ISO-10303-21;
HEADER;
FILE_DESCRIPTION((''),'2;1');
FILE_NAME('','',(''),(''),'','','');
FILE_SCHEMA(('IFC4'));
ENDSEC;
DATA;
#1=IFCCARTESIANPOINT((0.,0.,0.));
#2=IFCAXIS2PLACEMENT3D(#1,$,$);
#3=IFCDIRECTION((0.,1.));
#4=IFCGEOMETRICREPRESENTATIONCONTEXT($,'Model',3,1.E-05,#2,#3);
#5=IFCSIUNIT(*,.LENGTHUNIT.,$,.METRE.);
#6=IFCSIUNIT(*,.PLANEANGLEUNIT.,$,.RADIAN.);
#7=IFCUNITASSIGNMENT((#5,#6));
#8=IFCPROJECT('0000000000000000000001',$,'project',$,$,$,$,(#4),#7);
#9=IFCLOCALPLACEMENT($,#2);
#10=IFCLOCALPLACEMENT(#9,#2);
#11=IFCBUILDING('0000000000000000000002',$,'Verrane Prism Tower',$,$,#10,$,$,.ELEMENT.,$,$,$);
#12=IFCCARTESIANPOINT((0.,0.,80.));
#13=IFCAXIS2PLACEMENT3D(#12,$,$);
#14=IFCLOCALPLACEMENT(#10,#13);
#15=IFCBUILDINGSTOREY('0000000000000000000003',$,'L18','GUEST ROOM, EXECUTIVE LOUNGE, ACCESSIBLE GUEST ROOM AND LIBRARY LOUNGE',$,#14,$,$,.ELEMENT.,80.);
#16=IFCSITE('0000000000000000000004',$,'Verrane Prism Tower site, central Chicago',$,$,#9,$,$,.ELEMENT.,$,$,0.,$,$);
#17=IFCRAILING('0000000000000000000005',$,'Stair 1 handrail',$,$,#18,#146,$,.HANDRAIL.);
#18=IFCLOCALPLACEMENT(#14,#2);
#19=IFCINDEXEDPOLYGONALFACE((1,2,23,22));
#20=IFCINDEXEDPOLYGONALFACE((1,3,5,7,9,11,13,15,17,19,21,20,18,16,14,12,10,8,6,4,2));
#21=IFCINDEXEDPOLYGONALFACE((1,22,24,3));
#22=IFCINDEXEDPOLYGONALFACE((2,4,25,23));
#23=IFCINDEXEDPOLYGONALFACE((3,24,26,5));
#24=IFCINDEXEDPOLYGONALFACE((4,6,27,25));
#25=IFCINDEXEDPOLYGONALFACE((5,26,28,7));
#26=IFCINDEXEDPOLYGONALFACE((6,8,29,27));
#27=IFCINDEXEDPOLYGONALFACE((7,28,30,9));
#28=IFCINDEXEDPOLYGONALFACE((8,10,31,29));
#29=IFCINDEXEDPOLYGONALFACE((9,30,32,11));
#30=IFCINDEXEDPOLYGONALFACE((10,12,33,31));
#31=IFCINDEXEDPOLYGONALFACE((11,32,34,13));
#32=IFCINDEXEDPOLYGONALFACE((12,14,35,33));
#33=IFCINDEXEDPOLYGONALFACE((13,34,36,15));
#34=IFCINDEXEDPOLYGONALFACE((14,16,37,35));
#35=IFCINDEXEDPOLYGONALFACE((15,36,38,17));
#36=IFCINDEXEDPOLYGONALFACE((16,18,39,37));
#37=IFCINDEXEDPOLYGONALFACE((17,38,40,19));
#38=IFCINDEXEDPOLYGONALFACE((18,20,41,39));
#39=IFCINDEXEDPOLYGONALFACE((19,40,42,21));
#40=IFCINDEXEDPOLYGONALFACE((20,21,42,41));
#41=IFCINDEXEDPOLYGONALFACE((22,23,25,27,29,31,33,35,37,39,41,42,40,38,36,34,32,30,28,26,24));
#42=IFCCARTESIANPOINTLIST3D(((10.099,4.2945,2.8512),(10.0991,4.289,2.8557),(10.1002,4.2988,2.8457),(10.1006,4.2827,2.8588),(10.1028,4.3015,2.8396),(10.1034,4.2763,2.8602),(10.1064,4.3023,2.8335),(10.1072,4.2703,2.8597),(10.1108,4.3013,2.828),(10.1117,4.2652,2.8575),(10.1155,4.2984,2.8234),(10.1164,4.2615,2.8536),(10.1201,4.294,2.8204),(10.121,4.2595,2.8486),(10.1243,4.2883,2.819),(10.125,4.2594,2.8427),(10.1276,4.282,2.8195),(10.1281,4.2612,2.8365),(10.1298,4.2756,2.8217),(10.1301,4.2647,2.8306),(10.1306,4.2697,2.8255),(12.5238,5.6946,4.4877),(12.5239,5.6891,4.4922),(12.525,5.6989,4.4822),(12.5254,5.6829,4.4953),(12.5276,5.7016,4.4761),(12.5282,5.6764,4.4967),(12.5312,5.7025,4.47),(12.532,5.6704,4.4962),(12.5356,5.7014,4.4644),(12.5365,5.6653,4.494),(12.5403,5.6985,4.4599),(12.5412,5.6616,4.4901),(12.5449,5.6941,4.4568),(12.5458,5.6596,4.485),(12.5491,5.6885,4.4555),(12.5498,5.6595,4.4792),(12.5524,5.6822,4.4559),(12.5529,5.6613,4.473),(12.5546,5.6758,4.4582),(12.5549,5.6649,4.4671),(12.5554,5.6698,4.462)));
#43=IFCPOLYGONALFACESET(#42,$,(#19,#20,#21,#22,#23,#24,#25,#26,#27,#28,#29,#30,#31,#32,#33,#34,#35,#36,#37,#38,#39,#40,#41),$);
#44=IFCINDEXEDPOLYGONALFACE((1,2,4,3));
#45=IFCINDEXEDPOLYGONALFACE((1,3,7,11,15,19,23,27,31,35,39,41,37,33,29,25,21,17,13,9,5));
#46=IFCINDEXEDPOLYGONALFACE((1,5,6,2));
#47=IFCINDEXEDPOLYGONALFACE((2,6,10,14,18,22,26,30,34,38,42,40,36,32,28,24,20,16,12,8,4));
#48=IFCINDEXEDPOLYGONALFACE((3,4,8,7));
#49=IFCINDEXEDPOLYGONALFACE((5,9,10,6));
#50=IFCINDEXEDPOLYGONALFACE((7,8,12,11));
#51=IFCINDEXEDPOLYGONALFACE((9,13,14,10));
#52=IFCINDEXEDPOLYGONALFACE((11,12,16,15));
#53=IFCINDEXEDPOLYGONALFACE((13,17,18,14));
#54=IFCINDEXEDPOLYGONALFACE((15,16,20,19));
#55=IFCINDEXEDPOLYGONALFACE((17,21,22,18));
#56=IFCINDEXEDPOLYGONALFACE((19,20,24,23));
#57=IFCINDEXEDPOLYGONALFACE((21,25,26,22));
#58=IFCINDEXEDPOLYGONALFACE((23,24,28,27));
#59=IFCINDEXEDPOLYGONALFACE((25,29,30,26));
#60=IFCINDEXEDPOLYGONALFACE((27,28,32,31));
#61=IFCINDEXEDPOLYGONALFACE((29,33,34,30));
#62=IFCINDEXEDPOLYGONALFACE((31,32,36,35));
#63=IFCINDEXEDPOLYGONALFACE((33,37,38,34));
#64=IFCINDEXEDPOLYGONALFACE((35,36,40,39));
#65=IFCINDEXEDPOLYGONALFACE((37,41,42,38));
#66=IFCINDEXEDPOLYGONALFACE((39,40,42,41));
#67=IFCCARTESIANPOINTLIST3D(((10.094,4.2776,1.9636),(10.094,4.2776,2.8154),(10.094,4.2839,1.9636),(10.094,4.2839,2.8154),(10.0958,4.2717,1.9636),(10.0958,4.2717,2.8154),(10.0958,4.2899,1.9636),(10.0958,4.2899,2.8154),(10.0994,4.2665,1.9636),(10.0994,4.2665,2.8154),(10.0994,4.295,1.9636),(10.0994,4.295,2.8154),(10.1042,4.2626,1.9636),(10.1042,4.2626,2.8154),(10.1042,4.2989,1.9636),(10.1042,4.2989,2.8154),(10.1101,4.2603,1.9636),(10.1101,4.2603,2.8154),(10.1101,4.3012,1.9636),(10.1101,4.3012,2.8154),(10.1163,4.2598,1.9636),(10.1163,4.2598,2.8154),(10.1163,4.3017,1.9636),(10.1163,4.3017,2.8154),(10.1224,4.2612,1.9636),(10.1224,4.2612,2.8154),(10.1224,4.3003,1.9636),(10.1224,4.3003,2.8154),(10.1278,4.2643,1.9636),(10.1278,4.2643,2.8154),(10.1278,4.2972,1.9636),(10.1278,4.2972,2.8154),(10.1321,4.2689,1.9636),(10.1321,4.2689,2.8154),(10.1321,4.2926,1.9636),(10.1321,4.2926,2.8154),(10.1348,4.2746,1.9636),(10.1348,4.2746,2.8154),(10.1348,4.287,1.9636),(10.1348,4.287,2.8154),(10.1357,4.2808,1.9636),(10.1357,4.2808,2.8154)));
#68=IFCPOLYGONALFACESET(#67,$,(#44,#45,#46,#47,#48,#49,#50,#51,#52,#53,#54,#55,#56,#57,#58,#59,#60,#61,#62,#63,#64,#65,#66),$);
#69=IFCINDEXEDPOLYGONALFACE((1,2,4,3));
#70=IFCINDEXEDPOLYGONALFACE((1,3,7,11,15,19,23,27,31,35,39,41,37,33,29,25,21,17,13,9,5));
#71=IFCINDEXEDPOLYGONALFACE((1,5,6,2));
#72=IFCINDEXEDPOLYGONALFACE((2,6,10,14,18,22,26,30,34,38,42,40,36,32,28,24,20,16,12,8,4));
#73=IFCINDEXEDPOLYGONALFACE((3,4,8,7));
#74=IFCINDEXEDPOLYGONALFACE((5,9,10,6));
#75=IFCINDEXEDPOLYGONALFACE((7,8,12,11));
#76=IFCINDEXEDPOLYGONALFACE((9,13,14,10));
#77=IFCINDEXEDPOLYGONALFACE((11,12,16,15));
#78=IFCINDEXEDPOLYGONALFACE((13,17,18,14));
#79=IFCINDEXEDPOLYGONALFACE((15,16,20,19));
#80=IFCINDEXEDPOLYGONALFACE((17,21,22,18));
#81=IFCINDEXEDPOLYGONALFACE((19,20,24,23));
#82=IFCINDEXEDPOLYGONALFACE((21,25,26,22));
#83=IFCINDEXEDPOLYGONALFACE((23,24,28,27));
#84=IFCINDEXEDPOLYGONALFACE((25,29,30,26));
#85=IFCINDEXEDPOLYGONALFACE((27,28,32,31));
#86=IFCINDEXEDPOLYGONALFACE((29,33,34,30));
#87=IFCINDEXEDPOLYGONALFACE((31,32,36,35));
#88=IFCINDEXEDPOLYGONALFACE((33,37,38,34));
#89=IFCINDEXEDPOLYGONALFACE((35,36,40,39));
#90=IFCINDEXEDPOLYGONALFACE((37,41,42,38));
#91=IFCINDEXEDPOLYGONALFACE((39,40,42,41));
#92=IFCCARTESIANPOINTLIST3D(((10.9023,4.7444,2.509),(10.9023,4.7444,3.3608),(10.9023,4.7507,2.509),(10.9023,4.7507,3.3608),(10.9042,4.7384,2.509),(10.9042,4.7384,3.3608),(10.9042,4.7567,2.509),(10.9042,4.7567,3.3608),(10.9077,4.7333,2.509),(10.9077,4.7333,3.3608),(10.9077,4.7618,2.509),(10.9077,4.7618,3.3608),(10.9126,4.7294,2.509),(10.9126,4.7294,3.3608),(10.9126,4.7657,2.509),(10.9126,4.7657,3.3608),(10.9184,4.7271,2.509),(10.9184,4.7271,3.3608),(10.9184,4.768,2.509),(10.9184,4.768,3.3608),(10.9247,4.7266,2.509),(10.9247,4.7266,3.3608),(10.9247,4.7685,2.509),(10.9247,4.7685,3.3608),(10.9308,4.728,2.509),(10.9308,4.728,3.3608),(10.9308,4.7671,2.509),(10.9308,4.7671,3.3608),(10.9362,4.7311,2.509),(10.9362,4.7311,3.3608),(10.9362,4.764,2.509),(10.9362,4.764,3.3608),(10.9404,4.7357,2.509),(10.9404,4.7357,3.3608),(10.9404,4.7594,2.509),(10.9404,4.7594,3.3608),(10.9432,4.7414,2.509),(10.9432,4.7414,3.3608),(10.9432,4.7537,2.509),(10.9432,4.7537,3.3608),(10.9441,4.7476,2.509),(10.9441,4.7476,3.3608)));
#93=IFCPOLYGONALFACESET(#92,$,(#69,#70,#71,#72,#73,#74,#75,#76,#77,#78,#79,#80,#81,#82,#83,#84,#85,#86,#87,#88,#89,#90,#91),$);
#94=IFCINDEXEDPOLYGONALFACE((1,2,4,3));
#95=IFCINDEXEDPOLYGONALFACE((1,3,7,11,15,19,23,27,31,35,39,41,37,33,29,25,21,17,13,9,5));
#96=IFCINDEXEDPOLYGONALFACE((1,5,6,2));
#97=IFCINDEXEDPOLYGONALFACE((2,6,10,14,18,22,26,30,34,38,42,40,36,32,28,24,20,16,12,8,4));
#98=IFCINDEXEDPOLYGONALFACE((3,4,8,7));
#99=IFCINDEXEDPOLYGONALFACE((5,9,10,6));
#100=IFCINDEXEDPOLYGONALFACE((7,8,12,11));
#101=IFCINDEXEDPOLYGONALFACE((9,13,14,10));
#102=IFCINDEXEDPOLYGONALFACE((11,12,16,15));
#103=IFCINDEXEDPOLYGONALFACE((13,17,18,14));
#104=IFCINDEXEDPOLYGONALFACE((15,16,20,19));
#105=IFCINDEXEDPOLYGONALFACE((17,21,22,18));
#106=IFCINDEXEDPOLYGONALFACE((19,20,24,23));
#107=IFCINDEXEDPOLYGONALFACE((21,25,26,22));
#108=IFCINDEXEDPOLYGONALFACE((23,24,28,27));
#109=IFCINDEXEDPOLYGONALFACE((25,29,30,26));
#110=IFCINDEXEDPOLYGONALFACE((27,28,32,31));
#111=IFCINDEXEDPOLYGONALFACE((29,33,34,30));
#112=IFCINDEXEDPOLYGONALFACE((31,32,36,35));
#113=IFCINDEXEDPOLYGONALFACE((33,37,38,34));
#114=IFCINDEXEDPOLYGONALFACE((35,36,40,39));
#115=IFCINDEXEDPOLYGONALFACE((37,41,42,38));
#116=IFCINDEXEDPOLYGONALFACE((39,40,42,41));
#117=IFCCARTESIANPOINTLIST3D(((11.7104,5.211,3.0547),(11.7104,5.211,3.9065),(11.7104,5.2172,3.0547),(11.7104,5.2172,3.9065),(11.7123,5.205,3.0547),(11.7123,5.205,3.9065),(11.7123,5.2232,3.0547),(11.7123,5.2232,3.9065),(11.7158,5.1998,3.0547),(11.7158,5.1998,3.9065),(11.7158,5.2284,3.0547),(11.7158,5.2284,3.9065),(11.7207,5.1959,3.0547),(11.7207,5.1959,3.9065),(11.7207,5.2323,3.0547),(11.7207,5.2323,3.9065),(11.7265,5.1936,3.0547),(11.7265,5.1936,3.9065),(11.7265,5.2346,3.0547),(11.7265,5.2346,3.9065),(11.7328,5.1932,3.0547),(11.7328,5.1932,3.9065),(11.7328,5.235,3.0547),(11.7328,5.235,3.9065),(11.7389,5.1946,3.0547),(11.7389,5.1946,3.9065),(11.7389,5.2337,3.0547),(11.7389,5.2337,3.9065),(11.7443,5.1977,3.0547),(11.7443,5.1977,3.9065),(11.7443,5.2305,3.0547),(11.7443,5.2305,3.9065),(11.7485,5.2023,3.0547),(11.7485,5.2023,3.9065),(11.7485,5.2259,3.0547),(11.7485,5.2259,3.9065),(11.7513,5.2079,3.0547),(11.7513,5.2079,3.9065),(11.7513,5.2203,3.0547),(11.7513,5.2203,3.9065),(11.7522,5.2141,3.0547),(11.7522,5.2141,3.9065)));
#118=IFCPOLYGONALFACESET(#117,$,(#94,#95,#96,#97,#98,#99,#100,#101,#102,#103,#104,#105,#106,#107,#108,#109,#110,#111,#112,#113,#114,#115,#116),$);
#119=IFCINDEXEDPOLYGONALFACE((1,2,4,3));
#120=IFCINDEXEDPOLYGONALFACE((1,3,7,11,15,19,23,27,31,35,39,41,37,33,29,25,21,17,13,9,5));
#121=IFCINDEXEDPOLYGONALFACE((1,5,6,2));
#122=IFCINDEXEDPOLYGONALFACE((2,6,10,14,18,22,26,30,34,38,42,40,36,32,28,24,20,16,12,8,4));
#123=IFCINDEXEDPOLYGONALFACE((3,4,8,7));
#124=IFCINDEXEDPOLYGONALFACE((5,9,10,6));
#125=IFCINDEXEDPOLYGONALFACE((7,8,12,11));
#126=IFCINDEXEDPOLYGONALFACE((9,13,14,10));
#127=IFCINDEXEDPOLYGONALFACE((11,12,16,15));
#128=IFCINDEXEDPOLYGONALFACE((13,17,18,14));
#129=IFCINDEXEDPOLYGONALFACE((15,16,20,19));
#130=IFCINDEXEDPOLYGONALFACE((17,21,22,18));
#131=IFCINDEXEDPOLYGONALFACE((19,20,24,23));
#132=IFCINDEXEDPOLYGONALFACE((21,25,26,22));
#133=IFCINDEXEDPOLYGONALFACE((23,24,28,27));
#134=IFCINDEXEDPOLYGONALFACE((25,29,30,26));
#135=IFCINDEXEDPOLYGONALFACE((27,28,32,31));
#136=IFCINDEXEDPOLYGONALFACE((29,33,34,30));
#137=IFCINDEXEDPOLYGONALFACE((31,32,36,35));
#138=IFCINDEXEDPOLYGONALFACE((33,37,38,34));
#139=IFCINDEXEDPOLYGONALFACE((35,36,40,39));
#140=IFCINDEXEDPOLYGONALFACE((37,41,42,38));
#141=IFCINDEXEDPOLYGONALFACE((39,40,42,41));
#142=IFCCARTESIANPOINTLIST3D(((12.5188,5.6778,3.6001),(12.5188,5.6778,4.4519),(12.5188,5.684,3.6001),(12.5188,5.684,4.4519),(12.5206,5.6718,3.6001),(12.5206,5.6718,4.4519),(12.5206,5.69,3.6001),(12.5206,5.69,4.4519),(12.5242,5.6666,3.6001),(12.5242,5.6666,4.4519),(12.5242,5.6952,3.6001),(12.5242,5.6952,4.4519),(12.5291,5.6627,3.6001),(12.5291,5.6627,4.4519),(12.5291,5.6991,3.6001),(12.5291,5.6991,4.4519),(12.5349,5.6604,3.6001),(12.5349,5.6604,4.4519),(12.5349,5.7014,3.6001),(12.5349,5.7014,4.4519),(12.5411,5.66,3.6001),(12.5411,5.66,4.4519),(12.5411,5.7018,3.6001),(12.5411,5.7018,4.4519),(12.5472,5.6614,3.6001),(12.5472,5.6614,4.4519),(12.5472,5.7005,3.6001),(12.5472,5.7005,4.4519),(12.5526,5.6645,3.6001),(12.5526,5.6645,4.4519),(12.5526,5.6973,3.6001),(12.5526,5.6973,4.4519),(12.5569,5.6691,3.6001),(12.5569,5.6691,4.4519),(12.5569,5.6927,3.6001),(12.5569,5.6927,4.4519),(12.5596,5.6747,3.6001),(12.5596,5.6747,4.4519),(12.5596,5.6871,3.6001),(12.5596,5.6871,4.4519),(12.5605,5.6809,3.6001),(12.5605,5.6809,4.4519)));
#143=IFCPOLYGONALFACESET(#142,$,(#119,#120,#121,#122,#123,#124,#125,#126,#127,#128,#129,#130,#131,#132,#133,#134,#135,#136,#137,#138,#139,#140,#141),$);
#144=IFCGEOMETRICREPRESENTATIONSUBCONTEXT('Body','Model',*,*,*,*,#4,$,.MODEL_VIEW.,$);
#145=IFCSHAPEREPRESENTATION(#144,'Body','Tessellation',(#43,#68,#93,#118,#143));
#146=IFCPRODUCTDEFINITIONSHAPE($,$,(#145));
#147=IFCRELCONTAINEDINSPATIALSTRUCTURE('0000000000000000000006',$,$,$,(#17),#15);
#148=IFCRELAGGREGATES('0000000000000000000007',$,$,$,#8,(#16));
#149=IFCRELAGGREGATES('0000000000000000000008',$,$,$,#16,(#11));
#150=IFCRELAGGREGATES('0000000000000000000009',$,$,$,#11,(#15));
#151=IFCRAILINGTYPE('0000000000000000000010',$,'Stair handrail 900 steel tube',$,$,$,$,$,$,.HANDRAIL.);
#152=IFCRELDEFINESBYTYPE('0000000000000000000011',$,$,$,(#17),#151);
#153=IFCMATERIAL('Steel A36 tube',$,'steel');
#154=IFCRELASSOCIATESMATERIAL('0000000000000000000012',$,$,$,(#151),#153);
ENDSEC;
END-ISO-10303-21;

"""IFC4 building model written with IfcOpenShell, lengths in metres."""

from ifc_helpers import new_model, si_unit, direction, frame, origin, origin_2d, place, context, subcontext, project, spatial, circle, extrude, material, type_object, element, save


model = new_model("IFC4")

# Units and contexts
model_context = context("Model", 3, precision=1e-05, world=origin(), true_north=direction((0.0, 1.0)))
body_context = subcontext(model_context, "Body", "Model", "MODEL_VIEW")
ifc_project = project(units=[si_unit("LENGTHUNIT", "METRE"), si_unit("PLANEANGLEUNIT", "RADIAN")], contexts=[model_context])

# Site, building, storey
site_placement = place(None, origin())
site = spatial("IfcSite", under=ifc_project, at=site_placement, Name="Verrane Prism Tower site, central Chicago", CompositionType="ELEMENT", RefElevation=0.0)
building_placement = place(site_placement, origin())
building = spatial("IfcBuilding", under=site, at=building_placement, Name="Verrane Prism Tower", CompositionType="ELEMENT")
storey_placement = place(building_placement, frame((0.0, 0.0, 80.0)))
storey = spatial("IfcBuildingStorey", under=building, at=storey_placement, Name="L18", Description="GUEST ROOM, EXECUTIVE LOUNGE, ACCESSIBLE GUEST ROOM AND LIBRARY LOUNGE", CompositionType="ELEMENT", Elevation=80.0)

# Railing
ifc_material_1 = material(Name="Steel A36 tube", Category="steel")
railing_type_1 = type_object("IfcRailingType", Name="Stair handrail 900 steel tube", PredefinedType="HANDRAIL", material=ifc_material_1)
railing_1_placement = place(storey_placement, frame((10.1147, 4.2808, 1.9636)))
element("IfcRailing", 1, at=railing_1_placement, inside=storey, type_object=railing_type_1, Name="Stair 1 handrail", PredefinedType="HANDRAIL", context=body_context, shape_type="SweptSolid", body=[
    extrude(circle(Radius=0.0239, at=origin_2d()), frame((0.0, 0.0, 0.876), z_axis=(0.747666, 0.431722, 0.504591), x_axis=(-0.50005, 0.865997, 0.0)), (0.0, 0.0, 1.0), 3.2432),
    extrude(circle(Radius=0.021, at=origin_2d()), origin(), (0.0, 0.0, 1.0), 0.8518),
    extrude(circle(Radius=0.021, at=origin_2d()), frame((0.8083, 0.4668, 0.5454)), (0.0, 0.0, 1.0), 0.8518),
    extrude(circle(Radius=0.021, at=origin_2d()), frame((1.6165, 0.9333, 1.0911)), (0.0, 0.0, 1.0), 0.8518),
    extrude(circle(Radius=0.021, at=origin_2d()), frame((2.4248, 1.4001, 1.6365)), (0.0, 0.0, 1.0), 0.8518),
])

save(model, "model.ifc")
